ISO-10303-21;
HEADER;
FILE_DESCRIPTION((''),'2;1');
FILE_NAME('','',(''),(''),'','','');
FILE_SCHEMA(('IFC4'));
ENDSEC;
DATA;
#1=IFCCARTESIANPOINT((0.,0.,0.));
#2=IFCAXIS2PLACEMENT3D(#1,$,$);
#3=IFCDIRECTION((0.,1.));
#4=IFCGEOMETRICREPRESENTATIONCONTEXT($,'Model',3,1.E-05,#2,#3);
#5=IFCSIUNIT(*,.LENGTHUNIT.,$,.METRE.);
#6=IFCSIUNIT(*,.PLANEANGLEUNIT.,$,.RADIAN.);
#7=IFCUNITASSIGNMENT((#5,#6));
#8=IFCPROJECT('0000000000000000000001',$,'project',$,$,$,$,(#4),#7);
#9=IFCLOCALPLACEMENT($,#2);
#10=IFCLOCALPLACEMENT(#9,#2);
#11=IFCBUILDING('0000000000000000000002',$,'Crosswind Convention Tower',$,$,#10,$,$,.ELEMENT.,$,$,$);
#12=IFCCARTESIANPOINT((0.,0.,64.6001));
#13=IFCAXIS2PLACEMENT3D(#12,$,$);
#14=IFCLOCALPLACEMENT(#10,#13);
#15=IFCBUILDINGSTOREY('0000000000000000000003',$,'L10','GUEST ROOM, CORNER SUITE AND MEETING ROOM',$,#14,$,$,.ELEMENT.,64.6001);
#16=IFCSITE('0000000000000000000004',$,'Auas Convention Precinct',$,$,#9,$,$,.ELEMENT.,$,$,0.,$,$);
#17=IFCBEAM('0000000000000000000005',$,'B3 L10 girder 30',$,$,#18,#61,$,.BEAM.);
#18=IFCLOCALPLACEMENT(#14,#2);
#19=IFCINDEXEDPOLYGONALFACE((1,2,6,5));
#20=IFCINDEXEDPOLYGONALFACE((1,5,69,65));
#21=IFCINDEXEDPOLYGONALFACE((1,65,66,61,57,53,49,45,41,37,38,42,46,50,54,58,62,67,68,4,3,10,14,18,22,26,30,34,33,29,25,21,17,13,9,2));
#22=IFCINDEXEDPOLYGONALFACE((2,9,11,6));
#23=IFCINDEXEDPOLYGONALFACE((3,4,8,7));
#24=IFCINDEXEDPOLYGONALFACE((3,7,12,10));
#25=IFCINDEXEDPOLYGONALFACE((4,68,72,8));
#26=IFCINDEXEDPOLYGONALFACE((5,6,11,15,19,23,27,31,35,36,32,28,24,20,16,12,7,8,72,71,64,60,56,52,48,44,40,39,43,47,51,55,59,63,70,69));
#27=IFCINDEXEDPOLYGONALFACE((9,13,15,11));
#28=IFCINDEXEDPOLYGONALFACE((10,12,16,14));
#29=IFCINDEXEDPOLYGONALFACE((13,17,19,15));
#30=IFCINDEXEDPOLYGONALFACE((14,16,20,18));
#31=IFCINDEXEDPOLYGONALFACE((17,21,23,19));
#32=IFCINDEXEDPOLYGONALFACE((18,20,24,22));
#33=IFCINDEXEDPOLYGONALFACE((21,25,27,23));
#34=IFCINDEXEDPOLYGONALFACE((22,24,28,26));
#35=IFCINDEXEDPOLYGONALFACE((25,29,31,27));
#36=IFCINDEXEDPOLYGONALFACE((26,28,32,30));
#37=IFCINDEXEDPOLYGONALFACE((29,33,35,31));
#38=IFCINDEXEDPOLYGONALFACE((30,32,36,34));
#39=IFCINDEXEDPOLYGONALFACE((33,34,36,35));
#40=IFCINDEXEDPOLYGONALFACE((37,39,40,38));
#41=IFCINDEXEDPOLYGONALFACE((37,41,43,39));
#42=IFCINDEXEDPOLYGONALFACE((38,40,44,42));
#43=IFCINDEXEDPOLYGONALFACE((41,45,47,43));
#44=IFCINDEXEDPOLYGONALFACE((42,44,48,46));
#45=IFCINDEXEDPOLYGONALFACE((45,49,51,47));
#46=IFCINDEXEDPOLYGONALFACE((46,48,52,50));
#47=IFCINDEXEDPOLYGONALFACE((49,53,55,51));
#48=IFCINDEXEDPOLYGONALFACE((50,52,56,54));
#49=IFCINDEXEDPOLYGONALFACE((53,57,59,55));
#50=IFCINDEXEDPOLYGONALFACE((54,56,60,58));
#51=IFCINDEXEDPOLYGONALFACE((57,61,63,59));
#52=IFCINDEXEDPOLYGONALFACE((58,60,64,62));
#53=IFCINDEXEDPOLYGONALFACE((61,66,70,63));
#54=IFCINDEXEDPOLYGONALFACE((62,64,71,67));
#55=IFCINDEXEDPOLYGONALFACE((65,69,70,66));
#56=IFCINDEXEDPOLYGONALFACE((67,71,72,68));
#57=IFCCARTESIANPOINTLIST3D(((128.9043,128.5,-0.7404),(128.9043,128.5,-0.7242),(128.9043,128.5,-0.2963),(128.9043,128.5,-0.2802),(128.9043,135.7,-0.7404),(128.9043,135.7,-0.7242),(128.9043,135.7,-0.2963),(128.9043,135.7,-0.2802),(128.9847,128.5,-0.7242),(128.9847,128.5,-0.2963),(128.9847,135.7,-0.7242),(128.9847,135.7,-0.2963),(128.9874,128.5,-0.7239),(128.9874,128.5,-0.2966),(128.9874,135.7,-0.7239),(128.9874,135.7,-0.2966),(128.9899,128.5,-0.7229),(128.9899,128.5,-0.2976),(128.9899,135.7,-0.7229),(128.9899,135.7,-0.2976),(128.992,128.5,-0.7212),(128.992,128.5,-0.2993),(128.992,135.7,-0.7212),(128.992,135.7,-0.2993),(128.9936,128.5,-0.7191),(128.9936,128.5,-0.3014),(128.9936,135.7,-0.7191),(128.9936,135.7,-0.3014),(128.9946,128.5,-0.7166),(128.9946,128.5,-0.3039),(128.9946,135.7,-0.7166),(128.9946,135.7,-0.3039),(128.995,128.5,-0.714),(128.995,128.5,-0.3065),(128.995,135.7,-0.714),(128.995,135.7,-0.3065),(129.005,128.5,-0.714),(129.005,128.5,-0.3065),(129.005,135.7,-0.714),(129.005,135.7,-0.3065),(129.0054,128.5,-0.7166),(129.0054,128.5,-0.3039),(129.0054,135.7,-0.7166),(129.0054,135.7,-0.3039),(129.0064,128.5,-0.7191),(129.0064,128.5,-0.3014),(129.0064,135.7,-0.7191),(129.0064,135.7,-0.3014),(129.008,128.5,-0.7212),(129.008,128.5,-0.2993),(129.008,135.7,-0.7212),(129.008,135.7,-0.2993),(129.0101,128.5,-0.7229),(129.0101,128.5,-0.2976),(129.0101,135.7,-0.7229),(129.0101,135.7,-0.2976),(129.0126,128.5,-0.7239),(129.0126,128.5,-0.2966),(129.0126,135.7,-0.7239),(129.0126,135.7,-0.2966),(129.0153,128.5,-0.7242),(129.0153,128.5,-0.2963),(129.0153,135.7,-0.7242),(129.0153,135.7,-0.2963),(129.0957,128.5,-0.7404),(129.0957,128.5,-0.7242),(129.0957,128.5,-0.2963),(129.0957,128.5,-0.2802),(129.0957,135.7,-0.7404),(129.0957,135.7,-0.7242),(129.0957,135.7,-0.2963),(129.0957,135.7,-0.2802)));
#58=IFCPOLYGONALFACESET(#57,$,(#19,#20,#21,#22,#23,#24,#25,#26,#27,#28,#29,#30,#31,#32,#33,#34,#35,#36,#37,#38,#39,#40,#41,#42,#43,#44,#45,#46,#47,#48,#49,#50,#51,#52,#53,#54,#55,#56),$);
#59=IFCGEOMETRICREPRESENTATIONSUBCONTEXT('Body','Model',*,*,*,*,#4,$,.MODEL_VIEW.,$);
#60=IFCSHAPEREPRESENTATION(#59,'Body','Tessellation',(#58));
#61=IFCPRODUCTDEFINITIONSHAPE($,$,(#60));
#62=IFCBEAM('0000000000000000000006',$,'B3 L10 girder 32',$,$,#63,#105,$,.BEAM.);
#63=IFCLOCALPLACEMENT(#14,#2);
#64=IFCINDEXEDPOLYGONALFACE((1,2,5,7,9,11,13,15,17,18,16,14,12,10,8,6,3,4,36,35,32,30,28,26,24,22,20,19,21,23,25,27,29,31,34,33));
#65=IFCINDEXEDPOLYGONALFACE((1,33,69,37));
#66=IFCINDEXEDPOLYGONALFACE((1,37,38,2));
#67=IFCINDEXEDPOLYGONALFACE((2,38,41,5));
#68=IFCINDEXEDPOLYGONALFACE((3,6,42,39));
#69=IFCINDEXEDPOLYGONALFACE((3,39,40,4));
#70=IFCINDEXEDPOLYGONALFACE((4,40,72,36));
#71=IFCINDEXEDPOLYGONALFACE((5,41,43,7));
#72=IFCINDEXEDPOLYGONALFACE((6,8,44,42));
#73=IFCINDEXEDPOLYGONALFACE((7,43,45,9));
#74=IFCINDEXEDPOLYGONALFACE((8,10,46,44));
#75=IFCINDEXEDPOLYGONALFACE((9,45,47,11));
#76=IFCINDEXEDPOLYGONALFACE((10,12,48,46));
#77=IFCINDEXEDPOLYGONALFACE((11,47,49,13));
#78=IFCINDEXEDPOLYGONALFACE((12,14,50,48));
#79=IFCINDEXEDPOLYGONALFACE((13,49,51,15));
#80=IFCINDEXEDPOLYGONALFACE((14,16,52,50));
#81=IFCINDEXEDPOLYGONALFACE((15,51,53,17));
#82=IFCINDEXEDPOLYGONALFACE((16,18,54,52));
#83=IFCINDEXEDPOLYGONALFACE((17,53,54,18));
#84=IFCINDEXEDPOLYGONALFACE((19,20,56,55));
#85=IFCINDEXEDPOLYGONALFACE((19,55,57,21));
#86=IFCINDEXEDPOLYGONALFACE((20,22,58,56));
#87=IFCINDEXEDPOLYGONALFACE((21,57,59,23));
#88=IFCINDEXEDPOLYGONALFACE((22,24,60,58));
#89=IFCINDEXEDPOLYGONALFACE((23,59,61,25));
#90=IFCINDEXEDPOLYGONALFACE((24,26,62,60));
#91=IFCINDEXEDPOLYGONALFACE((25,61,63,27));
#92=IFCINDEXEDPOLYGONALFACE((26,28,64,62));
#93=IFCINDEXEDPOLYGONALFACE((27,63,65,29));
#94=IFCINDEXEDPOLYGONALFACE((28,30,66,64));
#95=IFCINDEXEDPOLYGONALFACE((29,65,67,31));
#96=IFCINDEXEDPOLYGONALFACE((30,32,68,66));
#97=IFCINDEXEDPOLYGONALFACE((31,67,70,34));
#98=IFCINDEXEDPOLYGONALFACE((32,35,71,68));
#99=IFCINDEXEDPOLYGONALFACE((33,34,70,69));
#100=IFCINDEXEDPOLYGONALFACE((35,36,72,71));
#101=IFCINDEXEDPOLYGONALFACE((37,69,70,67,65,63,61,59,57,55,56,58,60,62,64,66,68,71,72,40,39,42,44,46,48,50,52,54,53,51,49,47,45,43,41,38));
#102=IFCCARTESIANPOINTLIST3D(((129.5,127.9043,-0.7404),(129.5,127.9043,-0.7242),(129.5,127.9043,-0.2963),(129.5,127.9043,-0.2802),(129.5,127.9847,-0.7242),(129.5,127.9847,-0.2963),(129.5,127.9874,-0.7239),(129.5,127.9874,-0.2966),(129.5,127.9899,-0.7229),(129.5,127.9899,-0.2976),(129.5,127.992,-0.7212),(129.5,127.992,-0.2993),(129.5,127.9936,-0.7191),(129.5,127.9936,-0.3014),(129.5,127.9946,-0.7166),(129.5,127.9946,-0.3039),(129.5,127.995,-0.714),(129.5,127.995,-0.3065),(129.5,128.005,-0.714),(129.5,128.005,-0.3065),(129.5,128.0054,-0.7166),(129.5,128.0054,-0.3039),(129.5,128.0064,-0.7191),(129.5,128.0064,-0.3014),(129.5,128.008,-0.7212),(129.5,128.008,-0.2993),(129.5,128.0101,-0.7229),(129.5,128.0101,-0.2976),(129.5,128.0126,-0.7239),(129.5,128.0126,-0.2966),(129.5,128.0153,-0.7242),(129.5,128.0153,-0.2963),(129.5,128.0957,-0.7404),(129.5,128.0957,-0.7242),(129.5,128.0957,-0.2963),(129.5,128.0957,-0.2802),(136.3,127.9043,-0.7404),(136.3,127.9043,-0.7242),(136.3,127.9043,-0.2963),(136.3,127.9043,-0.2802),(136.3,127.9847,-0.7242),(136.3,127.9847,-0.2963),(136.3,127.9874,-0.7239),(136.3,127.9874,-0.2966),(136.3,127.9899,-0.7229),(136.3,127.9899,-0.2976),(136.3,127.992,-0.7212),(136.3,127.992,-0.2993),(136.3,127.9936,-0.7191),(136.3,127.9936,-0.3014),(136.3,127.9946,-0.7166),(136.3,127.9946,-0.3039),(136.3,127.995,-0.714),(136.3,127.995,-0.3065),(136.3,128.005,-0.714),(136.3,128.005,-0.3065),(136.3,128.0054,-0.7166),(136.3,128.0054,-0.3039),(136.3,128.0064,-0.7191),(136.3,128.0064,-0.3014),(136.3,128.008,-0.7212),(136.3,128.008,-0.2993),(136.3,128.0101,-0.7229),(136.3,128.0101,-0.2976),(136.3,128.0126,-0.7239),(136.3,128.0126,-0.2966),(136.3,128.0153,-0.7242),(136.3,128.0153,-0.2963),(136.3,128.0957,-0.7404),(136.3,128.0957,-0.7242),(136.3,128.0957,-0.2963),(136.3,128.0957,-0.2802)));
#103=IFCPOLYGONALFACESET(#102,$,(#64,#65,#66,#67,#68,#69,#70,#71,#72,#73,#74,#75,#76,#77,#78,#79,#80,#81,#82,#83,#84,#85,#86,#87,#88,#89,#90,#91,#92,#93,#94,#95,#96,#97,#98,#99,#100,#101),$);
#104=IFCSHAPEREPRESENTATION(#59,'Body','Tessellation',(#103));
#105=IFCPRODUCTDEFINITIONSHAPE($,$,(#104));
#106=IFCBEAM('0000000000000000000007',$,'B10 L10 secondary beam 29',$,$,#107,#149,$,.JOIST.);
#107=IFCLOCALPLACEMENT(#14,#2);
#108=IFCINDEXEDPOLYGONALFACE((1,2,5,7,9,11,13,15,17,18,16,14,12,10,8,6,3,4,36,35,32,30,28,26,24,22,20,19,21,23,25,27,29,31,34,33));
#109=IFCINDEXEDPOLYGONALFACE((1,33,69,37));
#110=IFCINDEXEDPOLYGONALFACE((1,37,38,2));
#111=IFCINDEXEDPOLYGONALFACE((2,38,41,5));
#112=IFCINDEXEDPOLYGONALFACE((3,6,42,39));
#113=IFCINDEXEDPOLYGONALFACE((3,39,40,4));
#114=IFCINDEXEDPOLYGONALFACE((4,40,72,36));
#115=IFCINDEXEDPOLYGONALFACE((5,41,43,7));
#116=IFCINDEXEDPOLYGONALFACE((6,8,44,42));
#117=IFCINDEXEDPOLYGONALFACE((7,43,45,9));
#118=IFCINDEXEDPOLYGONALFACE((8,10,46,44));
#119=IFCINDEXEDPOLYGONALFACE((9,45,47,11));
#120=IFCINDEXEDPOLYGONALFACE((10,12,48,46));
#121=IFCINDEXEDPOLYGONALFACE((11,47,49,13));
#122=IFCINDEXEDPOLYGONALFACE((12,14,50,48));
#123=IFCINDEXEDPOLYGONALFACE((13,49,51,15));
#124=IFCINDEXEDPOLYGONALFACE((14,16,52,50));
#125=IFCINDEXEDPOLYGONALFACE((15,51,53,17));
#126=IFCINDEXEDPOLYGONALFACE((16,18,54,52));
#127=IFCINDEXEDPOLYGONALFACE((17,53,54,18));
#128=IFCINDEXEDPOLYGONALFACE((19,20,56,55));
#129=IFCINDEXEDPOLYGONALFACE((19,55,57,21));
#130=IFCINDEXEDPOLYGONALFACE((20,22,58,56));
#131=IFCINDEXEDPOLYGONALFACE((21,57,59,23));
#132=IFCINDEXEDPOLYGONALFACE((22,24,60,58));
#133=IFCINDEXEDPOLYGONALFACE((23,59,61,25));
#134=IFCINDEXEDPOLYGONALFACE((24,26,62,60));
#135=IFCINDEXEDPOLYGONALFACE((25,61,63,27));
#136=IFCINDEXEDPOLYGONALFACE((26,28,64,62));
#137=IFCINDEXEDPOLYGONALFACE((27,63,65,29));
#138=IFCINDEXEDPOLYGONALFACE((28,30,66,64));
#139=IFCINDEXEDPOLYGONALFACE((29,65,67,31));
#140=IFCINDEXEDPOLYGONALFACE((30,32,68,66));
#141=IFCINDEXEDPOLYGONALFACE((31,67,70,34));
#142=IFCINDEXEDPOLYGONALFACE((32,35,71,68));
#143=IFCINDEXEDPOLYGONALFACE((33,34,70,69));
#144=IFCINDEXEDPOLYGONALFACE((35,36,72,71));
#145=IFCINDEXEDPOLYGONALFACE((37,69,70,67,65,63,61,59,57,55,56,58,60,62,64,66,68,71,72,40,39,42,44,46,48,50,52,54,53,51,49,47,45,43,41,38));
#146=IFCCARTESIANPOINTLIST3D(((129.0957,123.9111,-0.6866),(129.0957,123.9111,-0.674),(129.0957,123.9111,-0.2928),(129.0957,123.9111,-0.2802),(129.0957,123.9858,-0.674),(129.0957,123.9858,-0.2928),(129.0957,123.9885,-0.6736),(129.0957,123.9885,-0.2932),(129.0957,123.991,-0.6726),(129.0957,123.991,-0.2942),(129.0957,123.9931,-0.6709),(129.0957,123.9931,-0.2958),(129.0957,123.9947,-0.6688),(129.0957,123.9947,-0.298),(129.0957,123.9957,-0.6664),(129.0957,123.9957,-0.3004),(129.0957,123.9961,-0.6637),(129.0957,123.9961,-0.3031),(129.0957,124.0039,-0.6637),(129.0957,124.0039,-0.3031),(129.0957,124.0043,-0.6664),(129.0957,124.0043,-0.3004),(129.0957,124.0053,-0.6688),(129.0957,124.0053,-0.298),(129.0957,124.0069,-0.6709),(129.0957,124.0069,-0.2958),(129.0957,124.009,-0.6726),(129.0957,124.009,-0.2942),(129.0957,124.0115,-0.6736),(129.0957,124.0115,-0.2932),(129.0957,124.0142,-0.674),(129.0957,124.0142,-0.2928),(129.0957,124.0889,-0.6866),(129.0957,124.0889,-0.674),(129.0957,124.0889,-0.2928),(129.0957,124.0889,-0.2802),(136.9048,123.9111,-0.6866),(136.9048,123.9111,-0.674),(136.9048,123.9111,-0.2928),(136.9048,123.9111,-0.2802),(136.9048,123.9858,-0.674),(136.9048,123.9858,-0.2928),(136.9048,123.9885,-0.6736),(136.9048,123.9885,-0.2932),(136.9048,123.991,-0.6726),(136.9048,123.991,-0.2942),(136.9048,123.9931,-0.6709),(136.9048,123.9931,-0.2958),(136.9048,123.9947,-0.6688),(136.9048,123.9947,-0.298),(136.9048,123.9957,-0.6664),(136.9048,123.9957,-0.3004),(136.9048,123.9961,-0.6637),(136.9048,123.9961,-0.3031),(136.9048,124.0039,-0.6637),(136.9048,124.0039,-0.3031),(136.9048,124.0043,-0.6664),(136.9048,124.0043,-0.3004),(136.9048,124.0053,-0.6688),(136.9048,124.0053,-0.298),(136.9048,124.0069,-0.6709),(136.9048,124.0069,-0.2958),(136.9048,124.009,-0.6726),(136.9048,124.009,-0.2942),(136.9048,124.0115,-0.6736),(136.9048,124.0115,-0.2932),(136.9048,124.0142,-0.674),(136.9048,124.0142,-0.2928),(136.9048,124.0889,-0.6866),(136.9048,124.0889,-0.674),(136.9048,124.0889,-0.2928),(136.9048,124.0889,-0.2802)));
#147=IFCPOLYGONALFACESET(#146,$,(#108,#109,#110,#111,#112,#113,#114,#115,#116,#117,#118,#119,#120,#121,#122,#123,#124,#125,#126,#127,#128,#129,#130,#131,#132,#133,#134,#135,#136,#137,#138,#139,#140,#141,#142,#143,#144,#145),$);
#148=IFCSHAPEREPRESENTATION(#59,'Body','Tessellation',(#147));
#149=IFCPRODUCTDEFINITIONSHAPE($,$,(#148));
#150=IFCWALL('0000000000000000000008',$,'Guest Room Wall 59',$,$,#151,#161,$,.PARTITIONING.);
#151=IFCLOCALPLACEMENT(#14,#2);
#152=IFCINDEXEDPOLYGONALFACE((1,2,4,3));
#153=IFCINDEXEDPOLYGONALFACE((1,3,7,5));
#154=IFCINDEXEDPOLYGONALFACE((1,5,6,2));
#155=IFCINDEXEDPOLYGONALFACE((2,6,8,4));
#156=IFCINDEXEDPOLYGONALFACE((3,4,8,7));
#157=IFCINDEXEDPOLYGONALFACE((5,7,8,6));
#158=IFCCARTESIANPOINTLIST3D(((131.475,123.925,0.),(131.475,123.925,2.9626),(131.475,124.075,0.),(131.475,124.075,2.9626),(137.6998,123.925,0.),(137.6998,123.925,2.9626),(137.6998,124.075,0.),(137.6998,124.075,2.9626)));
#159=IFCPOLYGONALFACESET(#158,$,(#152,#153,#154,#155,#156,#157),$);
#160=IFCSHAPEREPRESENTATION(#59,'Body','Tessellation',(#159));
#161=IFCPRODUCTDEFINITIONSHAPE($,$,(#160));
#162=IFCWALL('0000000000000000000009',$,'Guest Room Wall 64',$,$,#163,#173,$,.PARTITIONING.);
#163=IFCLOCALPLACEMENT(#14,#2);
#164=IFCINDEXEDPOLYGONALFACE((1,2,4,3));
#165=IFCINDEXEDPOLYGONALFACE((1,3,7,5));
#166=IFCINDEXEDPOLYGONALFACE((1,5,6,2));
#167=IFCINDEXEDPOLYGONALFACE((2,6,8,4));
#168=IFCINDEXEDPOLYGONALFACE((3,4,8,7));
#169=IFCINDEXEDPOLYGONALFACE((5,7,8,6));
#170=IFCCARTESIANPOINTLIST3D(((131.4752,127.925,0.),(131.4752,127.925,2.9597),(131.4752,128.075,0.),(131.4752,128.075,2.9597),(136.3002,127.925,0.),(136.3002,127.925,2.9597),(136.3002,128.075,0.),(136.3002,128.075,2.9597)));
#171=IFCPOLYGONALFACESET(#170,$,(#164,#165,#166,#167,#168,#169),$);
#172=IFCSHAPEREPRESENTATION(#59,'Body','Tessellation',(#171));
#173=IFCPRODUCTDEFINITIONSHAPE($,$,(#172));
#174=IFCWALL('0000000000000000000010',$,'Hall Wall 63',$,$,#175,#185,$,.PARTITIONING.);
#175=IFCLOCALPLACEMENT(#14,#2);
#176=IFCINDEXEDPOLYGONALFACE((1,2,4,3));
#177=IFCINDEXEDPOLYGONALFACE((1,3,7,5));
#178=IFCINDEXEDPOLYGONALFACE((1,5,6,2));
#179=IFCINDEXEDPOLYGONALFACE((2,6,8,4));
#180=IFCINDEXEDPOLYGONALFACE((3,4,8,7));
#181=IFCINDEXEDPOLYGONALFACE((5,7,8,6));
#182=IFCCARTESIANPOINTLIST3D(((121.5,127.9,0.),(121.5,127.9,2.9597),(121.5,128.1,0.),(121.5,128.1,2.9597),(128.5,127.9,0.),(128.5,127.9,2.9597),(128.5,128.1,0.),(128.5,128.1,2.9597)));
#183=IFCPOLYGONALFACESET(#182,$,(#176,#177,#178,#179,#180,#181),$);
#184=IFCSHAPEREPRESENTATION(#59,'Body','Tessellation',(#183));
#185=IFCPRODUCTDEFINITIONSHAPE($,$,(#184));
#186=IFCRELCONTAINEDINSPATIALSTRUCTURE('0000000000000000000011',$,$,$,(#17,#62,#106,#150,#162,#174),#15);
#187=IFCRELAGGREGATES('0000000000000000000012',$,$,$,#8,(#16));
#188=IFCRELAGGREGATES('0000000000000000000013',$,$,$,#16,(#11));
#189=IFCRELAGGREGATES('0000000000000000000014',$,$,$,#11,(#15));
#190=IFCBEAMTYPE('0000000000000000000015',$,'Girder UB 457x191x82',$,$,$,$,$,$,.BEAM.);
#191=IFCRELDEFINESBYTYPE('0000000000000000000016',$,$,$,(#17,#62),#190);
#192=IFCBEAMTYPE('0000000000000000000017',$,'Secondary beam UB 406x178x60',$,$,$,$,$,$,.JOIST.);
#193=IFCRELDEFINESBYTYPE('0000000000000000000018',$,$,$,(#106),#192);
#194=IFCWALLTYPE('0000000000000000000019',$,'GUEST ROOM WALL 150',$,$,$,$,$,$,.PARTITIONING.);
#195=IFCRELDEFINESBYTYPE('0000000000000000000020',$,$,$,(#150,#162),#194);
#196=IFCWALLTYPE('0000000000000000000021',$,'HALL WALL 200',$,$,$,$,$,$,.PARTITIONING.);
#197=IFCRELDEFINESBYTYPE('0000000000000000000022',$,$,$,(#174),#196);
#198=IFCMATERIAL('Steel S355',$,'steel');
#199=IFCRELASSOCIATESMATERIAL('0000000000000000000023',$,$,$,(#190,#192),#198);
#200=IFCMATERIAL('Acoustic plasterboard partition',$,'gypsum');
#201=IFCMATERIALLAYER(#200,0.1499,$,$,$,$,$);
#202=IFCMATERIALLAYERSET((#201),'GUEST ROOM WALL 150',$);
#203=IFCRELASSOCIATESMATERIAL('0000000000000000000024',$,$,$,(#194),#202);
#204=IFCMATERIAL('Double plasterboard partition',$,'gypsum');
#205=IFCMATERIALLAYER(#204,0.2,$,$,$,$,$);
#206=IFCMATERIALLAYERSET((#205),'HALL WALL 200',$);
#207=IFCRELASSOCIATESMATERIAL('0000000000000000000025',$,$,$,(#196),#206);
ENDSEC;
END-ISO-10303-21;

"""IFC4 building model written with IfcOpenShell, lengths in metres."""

from ifc_helpers import new_model, si_unit, direction, frame, frame_2d, origin, origin_2d, place, context, subcontext, project, spatial, rectangle, i_section, extrude, material, layer, layer_set, material_profile, profile_set, type_object, element, save


model = new_model("IFC4")

# Units and contexts
model_context = context("Model", 3, precision=1e-05, world=origin(), true_north=direction((0.0, 1.0)))
body_context = subcontext(model_context, "Body", "Model", "MODEL_VIEW")
ifc_project = project(units=[si_unit("LENGTHUNIT", "METRE"), si_unit("PLANEANGLEUNIT", "RADIAN")], contexts=[model_context])

# Site, building, storey
site_placement = place(None, origin())
site = spatial("IfcSite", under=ifc_project, at=site_placement, Name="Auas Convention Precinct", CompositionType="ELEMENT", RefElevation=0.0)
building_placement = place(site_placement, origin())
building = spatial("IfcBuilding", under=site, at=building_placement, Name="Crosswind Convention Tower", CompositionType="ELEMENT")
storey_placement = place(building_placement, frame((0.0, 0.0, 64.6001)))
storey = spatial("IfcBuildingStorey", under=building, at=storey_placement, Name="L10", Description="GUEST ROOM, CORNER SUITE AND MEETING ROOM", CompositionType="ELEMENT", Elevation=64.6001)

# Beams
ifc_material_1 = material(Name="Steel S355", Category="steel")
ifc_material_profile_1 = material_profile(ifc_material_1, i_section(OverallWidth=0.1914, OverallDepth=0.4602, WebThickness=0.01, FlangeThickness=0.0161, FilletRadius=0.0103, at=origin_2d()), Name="UB 457x191x82")
ifc_profile_set_1 = profile_set([ifc_material_profile_1], Name="Steel S355")
beam_type_1 = type_object("IfcBeamType", Name="Girder UB 457x191x82", PredefinedType="BEAM", material=ifc_profile_set_1)
beam_1_placement = place(storey_placement, frame((129.0, 128.5, -0.5103), z_axis=(0.0, 1.0, 0.0), x_axis=(-1.0, 0.0, 0.0)))
element("IfcBeam", 1, at=beam_1_placement, inside=storey, type_object=beam_type_1, Name="B3 L10 girder 30", PredefinedType="BEAM", context=body_context, shape_type="SweptSolid", body=[
    extrude(i_section(OverallWidth=0.1914, OverallDepth=0.4602, WebThickness=0.01, FlangeThickness=0.0161, FilletRadius=0.0103, at=origin_2d()), origin(), (0.0, 0.0, 1.0), 7.2),
])
beam_2_placement = place(storey_placement, frame((129.5, 128.0, -0.5103), z_axis=(1.0, 0.0, 0.0), x_axis=(0.0, 1.0, 0.0)))
element("IfcBeam", 2, at=beam_2_placement, inside=storey, type_object=beam_type_1, Name="B3 L10 girder 32", PredefinedType="BEAM", context=body_context, shape_type="SweptSolid", body=[
    extrude(i_section(OverallWidth=0.1914, OverallDepth=0.4602, WebThickness=0.01, FlangeThickness=0.0161, FilletRadius=0.0103, at=origin_2d()), origin(), (0.0, 0.0, 1.0), 6.8),
])
ifc_material_profile_2 = material_profile(ifc_material_1, i_section(OverallWidth=0.1777, OverallDepth=0.4065, WebThickness=0.0078, FlangeThickness=0.0127, FilletRadius=0.0103, at=origin_2d()), Name="UB 406x178x60")
ifc_profile_set_2 = profile_set([ifc_material_profile_2], Name="Steel S355")
beam_type_2 = type_object("IfcBeamType", Name="Secondary beam UB 406x178x60", PredefinedType="JOIST", material=ifc_profile_set_2)
beam_3_placement = place(storey_placement, frame((129.0957, 124.0, -0.4834), z_axis=(1.0, 0.0, 0.0), x_axis=(0.0, 1.0, 0.0)))
element("IfcBeam", 3, at=beam_3_placement, inside=storey, type_object=beam_type_2, Name="B10 L10 secondary beam 29", PredefinedType="JOIST", context=body_context, shape_type="SweptSolid", body=[
    extrude(i_section(OverallWidth=0.1777, OverallDepth=0.4065, WebThickness=0.0078, FlangeThickness=0.0127, FilletRadius=0.0103, at=origin_2d()), origin(), (0.0, 0.0, 1.0), 7.8091),
])

# Walls
ifc_material_2 = material(Name="Acoustic plasterboard partition", Category="gypsum")
ifc_layer_1 = layer(ifc_material_2, 0.1499)
ifc_layer_set_1 = layer_set([ifc_layer_1], Name="GUEST ROOM WALL 150")
wall_type_1 = type_object("IfcWallType", Name="GUEST ROOM WALL 150", PredefinedType="PARTITIONING", material=ifc_layer_set_1)
wall_1_placement = place(storey_placement, frame((131.4751, 124.0, 0.0), z_axis=(0.0, 0.0, 1.0), x_axis=(1.0, 0.0, 0.0)))
element("IfcWall", 4, at=wall_1_placement, inside=storey, type_object=wall_type_1, Name="Guest Room Wall 59", PredefinedType="PARTITIONING", context=body_context, shape_type="SweptSolid", body=[
    extrude(rectangle(XDim=6.2249, YDim=0.1499, at=frame_2d((3.1123, 0.0))), origin(), (0.0, 0.0, 1.0), 2.9626),
])
wall_2_placement = place(storey_placement, frame((131.4751, 128.0, 0.0), z_axis=(0.0, 0.0, 1.0), x_axis=(1.0, 0.0, 0.0)))
element("IfcWall", 5, at=wall_2_placement, inside=storey, type_object=wall_type_1, Name="Guest Room Wall 64", PredefinedType="PARTITIONING", context=body_context, shape_type="SweptSolid", body=[
    extrude(rectangle(XDim=4.825, YDim=0.1499, at=frame_2d((2.4126, 0.0))), origin(), (0.0, 0.0, 1.0), 2.9597),
])
ifc_material_3 = material(Name="Double plasterboard partition", Category="gypsum")
ifc_layer_2 = layer(ifc_material_3, 0.2)
ifc_layer_set_2 = layer_set([ifc_layer_2], Name="HALL WALL 200")
wall_type_2 = type_object("IfcWallType", Name="HALL WALL 200", PredefinedType="PARTITIONING", material=ifc_layer_set_2)
wall_3_placement = place(storey_placement, frame((121.5, 128.0, 0.0), z_axis=(0.0, 0.0, 1.0), x_axis=(1.0, 0.0, 0.0)))
element("IfcWall", 6, at=wall_3_placement, inside=storey, type_object=wall_type_2, Name="Hall Wall 63", PredefinedType="PARTITIONING", context=body_context, shape_type="SweptSolid", body=[
    extrude(rectangle(XDim=7.0, YDim=0.2, at=frame_2d((3.5, 0.0))), origin(), (0.0, 0.0, 1.0), 2.9597),
])

save(model, "model.ifc")
